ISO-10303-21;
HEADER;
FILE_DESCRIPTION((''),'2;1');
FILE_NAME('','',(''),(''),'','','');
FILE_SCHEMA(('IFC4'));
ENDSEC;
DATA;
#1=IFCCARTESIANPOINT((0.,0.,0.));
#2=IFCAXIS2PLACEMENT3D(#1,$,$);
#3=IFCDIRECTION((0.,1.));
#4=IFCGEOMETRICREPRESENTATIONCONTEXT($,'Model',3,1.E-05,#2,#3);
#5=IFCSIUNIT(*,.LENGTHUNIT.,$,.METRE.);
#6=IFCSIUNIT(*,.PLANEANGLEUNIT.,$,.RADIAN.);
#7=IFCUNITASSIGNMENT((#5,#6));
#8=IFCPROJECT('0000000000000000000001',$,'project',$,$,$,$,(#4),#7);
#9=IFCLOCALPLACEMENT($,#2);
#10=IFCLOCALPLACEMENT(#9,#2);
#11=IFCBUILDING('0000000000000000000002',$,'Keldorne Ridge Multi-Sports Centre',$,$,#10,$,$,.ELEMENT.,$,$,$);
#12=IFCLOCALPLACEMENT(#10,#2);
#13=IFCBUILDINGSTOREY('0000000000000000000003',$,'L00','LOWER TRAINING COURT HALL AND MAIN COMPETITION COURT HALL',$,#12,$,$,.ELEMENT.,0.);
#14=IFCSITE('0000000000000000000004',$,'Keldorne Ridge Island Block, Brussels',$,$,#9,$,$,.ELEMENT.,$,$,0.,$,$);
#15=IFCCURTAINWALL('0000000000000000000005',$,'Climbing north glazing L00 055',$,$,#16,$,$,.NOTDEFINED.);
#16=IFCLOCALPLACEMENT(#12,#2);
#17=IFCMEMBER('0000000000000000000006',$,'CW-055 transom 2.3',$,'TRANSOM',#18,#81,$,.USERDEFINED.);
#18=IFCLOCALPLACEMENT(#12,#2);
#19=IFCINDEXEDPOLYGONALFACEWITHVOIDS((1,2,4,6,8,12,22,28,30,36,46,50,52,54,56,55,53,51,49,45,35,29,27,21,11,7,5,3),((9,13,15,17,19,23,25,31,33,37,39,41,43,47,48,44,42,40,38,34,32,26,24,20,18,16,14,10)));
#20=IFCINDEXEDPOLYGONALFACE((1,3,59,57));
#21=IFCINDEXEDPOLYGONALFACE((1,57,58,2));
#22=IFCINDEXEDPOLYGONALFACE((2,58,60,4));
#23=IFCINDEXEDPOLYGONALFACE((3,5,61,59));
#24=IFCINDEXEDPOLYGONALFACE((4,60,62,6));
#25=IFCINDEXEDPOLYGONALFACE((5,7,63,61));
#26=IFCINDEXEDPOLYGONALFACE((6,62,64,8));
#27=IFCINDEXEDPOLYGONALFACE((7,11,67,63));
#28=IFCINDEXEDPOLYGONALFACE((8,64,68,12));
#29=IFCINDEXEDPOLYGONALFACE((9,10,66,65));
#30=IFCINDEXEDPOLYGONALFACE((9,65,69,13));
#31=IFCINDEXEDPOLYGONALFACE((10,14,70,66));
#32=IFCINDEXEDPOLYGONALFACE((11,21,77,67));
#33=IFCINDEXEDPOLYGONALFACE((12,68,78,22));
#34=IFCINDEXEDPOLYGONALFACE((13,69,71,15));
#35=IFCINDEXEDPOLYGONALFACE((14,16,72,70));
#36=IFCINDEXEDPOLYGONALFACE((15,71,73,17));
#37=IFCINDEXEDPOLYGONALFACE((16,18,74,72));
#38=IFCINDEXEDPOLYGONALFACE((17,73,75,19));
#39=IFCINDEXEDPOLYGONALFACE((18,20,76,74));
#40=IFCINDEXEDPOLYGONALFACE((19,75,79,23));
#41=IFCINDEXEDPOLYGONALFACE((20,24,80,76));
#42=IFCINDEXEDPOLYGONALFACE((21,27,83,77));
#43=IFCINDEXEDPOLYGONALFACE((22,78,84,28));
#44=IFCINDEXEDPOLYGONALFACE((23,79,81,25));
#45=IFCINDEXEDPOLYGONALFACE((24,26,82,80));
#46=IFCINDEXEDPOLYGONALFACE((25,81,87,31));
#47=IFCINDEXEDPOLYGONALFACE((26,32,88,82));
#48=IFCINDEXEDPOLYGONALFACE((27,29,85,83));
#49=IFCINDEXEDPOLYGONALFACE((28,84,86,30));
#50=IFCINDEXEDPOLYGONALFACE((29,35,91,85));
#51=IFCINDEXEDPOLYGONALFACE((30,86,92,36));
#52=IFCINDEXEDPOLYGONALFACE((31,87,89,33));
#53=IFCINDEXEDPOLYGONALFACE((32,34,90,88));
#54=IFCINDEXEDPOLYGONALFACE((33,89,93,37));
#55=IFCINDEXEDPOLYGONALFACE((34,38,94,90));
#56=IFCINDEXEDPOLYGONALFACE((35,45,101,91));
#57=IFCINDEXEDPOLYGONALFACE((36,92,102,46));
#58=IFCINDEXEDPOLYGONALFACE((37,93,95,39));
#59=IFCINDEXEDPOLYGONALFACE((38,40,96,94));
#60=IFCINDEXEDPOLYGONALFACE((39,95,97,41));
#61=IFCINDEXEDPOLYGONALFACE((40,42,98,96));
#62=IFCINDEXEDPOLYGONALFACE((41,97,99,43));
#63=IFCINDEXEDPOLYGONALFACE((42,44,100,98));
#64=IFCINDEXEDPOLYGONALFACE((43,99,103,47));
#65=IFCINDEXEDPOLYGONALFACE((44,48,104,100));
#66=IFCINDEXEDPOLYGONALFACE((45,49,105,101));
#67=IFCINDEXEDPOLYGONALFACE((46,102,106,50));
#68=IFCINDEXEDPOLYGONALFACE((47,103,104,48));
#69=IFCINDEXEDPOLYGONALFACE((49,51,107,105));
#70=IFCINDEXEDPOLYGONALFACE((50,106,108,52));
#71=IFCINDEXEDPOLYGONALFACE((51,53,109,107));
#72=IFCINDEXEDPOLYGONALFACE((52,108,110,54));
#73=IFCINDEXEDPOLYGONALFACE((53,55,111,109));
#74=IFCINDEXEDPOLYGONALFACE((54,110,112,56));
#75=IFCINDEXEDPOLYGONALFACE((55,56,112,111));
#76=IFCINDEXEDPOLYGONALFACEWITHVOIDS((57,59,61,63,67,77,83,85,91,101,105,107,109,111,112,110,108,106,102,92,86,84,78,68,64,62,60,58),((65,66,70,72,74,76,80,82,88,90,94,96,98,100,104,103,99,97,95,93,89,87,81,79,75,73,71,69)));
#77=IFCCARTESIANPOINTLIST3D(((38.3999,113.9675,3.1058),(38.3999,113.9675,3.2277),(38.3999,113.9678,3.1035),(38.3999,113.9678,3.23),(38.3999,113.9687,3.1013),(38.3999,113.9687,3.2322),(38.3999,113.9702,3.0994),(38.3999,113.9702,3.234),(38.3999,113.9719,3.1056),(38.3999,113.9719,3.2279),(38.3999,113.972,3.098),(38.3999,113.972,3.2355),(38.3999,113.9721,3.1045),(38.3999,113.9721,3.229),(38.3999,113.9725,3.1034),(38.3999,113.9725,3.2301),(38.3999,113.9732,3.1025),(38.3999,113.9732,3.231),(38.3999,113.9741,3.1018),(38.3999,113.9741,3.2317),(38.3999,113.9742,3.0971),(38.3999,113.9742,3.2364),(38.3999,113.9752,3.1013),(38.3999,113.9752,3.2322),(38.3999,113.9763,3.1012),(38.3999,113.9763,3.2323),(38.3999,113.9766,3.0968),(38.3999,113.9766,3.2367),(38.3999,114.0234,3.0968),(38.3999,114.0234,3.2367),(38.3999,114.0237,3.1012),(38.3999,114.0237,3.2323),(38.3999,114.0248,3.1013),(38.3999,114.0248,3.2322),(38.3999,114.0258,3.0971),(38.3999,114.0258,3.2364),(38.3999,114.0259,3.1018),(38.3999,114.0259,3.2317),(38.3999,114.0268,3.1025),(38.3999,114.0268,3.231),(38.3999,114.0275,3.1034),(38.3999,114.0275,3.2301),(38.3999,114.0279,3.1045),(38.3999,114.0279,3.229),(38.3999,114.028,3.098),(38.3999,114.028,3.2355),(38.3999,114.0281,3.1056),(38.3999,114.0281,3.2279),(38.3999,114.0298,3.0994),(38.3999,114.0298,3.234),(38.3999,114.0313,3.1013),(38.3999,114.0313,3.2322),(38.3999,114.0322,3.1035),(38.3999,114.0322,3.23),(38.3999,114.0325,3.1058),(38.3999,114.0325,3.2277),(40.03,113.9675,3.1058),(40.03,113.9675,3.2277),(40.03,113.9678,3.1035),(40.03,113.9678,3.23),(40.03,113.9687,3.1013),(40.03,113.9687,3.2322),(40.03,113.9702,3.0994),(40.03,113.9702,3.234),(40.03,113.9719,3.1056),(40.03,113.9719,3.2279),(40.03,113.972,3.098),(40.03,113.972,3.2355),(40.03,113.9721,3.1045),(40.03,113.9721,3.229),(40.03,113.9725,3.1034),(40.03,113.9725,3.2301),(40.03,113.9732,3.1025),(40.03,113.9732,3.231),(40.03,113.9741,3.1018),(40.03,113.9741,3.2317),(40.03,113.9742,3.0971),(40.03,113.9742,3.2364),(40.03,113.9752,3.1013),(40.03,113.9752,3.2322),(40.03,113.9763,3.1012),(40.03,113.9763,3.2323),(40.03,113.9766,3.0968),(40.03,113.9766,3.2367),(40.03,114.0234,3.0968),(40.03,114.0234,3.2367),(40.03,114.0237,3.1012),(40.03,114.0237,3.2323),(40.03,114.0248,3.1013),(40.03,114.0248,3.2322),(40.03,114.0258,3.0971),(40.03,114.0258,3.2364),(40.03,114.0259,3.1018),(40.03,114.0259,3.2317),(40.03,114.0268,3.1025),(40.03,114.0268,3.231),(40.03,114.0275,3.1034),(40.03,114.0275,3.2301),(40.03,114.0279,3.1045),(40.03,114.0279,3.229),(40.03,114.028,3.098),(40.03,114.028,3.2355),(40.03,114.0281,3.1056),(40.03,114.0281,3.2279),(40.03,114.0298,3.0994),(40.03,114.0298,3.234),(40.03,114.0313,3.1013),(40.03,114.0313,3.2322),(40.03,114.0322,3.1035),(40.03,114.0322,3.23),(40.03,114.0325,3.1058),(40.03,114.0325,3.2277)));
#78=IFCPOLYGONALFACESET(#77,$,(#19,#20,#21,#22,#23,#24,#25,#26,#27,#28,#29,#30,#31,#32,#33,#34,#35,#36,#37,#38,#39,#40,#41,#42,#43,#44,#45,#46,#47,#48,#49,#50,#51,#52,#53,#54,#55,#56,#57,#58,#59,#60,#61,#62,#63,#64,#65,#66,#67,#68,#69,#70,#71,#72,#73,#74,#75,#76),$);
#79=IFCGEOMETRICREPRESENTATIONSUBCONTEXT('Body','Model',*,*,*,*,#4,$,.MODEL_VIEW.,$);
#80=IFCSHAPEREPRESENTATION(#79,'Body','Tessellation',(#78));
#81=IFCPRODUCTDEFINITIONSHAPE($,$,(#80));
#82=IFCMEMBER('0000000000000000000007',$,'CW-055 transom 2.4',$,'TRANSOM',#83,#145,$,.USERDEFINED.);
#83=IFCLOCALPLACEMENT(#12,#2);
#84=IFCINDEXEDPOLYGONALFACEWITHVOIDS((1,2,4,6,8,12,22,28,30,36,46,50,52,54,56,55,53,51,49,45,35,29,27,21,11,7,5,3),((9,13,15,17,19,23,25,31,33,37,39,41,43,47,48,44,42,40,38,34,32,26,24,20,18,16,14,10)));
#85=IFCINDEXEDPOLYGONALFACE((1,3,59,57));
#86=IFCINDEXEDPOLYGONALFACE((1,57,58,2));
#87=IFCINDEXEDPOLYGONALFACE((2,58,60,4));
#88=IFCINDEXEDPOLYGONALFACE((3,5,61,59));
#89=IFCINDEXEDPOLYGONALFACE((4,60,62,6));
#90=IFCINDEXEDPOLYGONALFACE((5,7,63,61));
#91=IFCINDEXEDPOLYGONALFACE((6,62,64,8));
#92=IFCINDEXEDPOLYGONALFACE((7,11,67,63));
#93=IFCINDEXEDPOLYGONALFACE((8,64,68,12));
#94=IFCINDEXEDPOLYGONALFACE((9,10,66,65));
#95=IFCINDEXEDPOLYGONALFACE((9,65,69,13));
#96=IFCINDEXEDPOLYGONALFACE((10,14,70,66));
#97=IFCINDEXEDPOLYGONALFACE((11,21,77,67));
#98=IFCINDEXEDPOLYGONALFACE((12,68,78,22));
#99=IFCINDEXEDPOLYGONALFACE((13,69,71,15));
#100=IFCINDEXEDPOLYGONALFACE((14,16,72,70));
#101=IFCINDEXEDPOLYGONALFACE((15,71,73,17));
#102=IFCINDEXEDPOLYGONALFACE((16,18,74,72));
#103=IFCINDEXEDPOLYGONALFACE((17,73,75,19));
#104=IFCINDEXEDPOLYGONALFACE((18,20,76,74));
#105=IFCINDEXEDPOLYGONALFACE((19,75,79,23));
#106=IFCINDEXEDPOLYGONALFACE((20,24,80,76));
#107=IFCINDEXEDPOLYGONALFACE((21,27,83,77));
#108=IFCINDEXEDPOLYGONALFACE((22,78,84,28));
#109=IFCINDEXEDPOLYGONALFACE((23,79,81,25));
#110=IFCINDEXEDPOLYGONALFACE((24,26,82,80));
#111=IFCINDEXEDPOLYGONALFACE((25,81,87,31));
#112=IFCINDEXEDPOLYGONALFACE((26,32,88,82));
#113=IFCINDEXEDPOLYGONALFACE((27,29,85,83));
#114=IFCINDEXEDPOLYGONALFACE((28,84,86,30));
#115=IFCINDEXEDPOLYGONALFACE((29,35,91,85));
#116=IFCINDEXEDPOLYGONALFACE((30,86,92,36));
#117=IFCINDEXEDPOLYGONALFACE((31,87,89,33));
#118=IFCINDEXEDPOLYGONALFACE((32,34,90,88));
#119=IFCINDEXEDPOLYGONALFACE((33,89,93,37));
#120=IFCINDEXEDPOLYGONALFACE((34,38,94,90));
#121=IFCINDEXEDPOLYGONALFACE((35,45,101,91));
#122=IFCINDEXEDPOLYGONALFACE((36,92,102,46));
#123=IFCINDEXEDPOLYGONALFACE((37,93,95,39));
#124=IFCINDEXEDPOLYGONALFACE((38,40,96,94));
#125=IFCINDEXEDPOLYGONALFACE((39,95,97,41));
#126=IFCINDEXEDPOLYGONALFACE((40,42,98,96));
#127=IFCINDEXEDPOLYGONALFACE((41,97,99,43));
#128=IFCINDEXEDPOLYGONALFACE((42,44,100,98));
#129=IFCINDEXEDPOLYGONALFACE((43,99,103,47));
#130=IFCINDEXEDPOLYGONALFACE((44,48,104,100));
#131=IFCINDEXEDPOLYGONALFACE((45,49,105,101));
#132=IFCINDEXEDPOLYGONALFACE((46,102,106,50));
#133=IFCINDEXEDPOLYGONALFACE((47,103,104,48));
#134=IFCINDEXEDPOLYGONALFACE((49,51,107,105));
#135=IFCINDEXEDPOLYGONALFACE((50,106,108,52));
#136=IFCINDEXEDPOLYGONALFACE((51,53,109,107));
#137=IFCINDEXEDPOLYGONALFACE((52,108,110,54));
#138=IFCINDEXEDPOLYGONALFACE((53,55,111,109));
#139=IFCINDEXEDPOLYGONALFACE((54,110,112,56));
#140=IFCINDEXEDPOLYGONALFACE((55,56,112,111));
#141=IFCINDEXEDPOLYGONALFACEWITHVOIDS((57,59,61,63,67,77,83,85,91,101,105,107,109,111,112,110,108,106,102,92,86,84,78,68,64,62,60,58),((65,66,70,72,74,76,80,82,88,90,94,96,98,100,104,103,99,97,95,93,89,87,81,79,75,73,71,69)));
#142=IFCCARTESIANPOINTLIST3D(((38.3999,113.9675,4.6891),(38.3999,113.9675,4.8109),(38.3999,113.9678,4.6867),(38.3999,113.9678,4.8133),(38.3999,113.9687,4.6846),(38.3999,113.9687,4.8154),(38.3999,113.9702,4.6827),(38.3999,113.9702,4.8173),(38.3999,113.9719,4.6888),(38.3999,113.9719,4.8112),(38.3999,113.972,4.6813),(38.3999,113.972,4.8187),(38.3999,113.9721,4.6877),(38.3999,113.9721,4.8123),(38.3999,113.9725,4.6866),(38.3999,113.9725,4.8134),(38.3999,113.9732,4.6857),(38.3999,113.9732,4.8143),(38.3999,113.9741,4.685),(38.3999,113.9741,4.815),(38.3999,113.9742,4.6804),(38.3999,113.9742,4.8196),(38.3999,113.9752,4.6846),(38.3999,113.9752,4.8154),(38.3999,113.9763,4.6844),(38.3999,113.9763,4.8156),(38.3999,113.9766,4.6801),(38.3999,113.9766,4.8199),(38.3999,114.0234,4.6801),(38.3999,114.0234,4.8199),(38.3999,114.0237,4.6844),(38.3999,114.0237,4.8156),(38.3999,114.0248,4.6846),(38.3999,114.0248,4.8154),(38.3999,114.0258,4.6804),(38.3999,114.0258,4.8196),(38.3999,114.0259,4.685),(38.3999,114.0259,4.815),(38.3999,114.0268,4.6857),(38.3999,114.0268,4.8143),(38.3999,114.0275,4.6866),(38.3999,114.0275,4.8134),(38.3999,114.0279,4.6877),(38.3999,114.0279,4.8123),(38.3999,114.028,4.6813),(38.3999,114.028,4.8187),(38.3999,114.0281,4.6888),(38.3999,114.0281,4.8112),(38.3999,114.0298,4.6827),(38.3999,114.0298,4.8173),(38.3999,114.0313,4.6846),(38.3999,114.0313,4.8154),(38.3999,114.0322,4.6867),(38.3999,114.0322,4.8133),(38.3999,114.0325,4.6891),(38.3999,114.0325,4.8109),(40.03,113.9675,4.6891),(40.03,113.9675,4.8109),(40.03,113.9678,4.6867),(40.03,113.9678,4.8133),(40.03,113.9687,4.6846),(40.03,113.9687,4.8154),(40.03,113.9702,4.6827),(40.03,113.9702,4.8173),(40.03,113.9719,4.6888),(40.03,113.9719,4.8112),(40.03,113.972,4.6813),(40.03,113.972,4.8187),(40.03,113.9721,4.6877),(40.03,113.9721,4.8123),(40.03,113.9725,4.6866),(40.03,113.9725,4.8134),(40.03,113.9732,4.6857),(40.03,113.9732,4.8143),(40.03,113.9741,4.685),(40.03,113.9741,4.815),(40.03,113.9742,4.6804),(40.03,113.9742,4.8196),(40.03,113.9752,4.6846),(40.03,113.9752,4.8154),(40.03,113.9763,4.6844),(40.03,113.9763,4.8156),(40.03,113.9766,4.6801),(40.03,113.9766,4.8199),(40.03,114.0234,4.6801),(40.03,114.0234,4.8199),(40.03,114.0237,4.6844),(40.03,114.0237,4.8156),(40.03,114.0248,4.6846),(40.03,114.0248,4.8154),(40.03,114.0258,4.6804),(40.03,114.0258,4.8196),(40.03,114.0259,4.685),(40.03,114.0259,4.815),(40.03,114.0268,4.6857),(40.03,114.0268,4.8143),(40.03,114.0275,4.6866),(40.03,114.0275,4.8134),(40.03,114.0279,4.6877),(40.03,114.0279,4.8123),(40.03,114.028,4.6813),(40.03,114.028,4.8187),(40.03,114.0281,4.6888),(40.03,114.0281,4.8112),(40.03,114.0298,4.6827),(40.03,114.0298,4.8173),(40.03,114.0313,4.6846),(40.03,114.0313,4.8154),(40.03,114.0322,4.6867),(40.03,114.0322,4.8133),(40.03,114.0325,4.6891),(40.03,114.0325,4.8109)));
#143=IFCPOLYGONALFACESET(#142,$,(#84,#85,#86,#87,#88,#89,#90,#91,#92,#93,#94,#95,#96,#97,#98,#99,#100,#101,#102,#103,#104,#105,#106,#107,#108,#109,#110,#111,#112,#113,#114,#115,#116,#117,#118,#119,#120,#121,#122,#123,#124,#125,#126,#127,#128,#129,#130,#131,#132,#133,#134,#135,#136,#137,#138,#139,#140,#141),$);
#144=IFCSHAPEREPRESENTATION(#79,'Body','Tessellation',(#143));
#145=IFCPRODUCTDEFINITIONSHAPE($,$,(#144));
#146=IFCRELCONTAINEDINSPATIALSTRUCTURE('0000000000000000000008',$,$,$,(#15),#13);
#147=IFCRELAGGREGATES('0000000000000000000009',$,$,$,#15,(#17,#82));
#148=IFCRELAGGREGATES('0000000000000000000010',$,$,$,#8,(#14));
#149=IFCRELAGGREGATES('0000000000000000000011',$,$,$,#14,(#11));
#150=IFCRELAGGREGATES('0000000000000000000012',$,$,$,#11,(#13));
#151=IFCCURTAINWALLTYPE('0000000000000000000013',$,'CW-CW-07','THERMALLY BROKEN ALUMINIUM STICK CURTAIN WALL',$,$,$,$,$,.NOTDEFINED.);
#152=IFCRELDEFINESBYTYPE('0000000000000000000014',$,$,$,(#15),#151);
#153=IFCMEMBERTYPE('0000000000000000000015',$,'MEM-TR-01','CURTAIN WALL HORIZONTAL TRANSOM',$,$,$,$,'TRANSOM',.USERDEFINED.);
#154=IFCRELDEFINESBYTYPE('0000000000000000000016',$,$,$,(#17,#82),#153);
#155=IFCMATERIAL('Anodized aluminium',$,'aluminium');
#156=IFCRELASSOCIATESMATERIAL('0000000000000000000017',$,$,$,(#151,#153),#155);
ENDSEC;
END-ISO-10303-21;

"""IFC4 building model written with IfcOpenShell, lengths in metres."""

from ifc_helpers import new_model, si_unit, direction, frame, origin, origin_2d, place, context, subcontext, project, spatial, hollow_rectangle, extrude, material, material_profile, profile_set, type_object, element, aggregate, save


model = new_model("IFC4")

# Units and contexts
model_context = context("Model", 3, precision=1e-05, world=origin(), true_north=direction((0.0, 1.0)))
body_context = subcontext(model_context, "Body", "Model", "MODEL_VIEW")
ifc_project = project(units=[si_unit("LENGTHUNIT", "METRE"), si_unit("PLANEANGLEUNIT", "RADIAN")], contexts=[model_context])

# Site, building, storey
site_placement = place(None, origin())
site = spatial("IfcSite", under=ifc_project, at=site_placement, Name="Keldorne Ridge Island Block, Brussels", CompositionType="ELEMENT", RefElevation=0.0)
building_placement = place(site_placement, origin())
building = spatial("IfcBuilding", under=site, at=building_placement, Name="Keldorne Ridge Multi-Sports Centre", CompositionType="ELEMENT")
storey_placement = place(building_placement, origin())
storey = spatial("IfcBuildingStorey", under=building, at=storey_placement, Name="L00", Description="LOWER TRAINING COURT HALL AND MAIN COMPETITION COURT HALL", CompositionType="ELEMENT", Elevation=0.0)

# Curtain wall, members
ifc_material_1 = material(Name="Anodized aluminium", Category="aluminium")
curtain_wall_type = type_object("IfcCurtainWallType", Name="CW-CW-07", Description="THERMALLY BROKEN ALUMINIUM STICK CURTAIN WALL", PredefinedType="NOTDEFINED", material=ifc_material_1)
curtain_wall_placement = place(storey_placement, origin())
curtain_wall = element("IfcCurtainWall", 1, at=curtain_wall_placement, inside=storey, type_object=curtain_wall_type, Name="Climbing north glazing L00 055", PredefinedType="NOTDEFINED")
ifc_material_profile_1 = material_profile(ifc_material_1, hollow_rectangle(XDim=0.0649, YDim=0.1399, WallThickness=0.0044, InnerFilletRadius=0.0044, OuterFilletRadius=0.009, at=origin_2d()), Name="ALU TRANSOM 140x65x4.5")
ifc_profile_set_1 = profile_set([ifc_material_profile_1], Name="Anodized aluminium")
member_type_1 = type_object("IfcMemberType", Name="MEM-TR-01", Description="CURTAIN WALL HORIZONTAL TRANSOM", ElementType="TRANSOM", PredefinedType="USERDEFINED", material=ifc_profile_set_1)
member_1_placement = place(storey_placement, frame((40.03, 114.0, 3.1667), z_axis=(-1.0, 0.0, 0.0), x_axis=(0.0, -1.0, 0.0)))
member_1 = element("IfcMember", 2, at=member_1_placement, type_object=member_type_1, Name="CW-055 transom 2.3", ObjectType="TRANSOM", PredefinedType="USERDEFINED", context=body_context, shape_type="SweptSolid", body=[
    extrude(hollow_rectangle(XDim=0.0649, YDim=0.1399, WallThickness=0.0044, InnerFilletRadius=0.0044, OuterFilletRadius=0.009, at=origin_2d()), origin(), (0.0, 0.0, 1.0), 1.6301),
])
member_2_placement = place(storey_placement, frame((40.03, 114.0, 4.75), z_axis=(-1.0, 0.0, 0.0), x_axis=(0.0, -1.0, 0.0)))
member_2 = element("IfcMember", 3, at=member_2_placement, type_object=member_type_1, Name="CW-055 transom 2.4", ObjectType="TRANSOM", PredefinedType="USERDEFINED", context=body_context, shape_type="SweptSolid", body=[
    extrude(hollow_rectangle(XDim=0.0649, YDim=0.1399, WallThickness=0.0044, InnerFilletRadius=0.0044, OuterFilletRadius=0.009, at=origin_2d()), origin(), (0.0, 0.0, 1.0), 1.6301),
])
aggregate(curtain_wall, [member_1, member_2])

save(model, "model.ifc")
